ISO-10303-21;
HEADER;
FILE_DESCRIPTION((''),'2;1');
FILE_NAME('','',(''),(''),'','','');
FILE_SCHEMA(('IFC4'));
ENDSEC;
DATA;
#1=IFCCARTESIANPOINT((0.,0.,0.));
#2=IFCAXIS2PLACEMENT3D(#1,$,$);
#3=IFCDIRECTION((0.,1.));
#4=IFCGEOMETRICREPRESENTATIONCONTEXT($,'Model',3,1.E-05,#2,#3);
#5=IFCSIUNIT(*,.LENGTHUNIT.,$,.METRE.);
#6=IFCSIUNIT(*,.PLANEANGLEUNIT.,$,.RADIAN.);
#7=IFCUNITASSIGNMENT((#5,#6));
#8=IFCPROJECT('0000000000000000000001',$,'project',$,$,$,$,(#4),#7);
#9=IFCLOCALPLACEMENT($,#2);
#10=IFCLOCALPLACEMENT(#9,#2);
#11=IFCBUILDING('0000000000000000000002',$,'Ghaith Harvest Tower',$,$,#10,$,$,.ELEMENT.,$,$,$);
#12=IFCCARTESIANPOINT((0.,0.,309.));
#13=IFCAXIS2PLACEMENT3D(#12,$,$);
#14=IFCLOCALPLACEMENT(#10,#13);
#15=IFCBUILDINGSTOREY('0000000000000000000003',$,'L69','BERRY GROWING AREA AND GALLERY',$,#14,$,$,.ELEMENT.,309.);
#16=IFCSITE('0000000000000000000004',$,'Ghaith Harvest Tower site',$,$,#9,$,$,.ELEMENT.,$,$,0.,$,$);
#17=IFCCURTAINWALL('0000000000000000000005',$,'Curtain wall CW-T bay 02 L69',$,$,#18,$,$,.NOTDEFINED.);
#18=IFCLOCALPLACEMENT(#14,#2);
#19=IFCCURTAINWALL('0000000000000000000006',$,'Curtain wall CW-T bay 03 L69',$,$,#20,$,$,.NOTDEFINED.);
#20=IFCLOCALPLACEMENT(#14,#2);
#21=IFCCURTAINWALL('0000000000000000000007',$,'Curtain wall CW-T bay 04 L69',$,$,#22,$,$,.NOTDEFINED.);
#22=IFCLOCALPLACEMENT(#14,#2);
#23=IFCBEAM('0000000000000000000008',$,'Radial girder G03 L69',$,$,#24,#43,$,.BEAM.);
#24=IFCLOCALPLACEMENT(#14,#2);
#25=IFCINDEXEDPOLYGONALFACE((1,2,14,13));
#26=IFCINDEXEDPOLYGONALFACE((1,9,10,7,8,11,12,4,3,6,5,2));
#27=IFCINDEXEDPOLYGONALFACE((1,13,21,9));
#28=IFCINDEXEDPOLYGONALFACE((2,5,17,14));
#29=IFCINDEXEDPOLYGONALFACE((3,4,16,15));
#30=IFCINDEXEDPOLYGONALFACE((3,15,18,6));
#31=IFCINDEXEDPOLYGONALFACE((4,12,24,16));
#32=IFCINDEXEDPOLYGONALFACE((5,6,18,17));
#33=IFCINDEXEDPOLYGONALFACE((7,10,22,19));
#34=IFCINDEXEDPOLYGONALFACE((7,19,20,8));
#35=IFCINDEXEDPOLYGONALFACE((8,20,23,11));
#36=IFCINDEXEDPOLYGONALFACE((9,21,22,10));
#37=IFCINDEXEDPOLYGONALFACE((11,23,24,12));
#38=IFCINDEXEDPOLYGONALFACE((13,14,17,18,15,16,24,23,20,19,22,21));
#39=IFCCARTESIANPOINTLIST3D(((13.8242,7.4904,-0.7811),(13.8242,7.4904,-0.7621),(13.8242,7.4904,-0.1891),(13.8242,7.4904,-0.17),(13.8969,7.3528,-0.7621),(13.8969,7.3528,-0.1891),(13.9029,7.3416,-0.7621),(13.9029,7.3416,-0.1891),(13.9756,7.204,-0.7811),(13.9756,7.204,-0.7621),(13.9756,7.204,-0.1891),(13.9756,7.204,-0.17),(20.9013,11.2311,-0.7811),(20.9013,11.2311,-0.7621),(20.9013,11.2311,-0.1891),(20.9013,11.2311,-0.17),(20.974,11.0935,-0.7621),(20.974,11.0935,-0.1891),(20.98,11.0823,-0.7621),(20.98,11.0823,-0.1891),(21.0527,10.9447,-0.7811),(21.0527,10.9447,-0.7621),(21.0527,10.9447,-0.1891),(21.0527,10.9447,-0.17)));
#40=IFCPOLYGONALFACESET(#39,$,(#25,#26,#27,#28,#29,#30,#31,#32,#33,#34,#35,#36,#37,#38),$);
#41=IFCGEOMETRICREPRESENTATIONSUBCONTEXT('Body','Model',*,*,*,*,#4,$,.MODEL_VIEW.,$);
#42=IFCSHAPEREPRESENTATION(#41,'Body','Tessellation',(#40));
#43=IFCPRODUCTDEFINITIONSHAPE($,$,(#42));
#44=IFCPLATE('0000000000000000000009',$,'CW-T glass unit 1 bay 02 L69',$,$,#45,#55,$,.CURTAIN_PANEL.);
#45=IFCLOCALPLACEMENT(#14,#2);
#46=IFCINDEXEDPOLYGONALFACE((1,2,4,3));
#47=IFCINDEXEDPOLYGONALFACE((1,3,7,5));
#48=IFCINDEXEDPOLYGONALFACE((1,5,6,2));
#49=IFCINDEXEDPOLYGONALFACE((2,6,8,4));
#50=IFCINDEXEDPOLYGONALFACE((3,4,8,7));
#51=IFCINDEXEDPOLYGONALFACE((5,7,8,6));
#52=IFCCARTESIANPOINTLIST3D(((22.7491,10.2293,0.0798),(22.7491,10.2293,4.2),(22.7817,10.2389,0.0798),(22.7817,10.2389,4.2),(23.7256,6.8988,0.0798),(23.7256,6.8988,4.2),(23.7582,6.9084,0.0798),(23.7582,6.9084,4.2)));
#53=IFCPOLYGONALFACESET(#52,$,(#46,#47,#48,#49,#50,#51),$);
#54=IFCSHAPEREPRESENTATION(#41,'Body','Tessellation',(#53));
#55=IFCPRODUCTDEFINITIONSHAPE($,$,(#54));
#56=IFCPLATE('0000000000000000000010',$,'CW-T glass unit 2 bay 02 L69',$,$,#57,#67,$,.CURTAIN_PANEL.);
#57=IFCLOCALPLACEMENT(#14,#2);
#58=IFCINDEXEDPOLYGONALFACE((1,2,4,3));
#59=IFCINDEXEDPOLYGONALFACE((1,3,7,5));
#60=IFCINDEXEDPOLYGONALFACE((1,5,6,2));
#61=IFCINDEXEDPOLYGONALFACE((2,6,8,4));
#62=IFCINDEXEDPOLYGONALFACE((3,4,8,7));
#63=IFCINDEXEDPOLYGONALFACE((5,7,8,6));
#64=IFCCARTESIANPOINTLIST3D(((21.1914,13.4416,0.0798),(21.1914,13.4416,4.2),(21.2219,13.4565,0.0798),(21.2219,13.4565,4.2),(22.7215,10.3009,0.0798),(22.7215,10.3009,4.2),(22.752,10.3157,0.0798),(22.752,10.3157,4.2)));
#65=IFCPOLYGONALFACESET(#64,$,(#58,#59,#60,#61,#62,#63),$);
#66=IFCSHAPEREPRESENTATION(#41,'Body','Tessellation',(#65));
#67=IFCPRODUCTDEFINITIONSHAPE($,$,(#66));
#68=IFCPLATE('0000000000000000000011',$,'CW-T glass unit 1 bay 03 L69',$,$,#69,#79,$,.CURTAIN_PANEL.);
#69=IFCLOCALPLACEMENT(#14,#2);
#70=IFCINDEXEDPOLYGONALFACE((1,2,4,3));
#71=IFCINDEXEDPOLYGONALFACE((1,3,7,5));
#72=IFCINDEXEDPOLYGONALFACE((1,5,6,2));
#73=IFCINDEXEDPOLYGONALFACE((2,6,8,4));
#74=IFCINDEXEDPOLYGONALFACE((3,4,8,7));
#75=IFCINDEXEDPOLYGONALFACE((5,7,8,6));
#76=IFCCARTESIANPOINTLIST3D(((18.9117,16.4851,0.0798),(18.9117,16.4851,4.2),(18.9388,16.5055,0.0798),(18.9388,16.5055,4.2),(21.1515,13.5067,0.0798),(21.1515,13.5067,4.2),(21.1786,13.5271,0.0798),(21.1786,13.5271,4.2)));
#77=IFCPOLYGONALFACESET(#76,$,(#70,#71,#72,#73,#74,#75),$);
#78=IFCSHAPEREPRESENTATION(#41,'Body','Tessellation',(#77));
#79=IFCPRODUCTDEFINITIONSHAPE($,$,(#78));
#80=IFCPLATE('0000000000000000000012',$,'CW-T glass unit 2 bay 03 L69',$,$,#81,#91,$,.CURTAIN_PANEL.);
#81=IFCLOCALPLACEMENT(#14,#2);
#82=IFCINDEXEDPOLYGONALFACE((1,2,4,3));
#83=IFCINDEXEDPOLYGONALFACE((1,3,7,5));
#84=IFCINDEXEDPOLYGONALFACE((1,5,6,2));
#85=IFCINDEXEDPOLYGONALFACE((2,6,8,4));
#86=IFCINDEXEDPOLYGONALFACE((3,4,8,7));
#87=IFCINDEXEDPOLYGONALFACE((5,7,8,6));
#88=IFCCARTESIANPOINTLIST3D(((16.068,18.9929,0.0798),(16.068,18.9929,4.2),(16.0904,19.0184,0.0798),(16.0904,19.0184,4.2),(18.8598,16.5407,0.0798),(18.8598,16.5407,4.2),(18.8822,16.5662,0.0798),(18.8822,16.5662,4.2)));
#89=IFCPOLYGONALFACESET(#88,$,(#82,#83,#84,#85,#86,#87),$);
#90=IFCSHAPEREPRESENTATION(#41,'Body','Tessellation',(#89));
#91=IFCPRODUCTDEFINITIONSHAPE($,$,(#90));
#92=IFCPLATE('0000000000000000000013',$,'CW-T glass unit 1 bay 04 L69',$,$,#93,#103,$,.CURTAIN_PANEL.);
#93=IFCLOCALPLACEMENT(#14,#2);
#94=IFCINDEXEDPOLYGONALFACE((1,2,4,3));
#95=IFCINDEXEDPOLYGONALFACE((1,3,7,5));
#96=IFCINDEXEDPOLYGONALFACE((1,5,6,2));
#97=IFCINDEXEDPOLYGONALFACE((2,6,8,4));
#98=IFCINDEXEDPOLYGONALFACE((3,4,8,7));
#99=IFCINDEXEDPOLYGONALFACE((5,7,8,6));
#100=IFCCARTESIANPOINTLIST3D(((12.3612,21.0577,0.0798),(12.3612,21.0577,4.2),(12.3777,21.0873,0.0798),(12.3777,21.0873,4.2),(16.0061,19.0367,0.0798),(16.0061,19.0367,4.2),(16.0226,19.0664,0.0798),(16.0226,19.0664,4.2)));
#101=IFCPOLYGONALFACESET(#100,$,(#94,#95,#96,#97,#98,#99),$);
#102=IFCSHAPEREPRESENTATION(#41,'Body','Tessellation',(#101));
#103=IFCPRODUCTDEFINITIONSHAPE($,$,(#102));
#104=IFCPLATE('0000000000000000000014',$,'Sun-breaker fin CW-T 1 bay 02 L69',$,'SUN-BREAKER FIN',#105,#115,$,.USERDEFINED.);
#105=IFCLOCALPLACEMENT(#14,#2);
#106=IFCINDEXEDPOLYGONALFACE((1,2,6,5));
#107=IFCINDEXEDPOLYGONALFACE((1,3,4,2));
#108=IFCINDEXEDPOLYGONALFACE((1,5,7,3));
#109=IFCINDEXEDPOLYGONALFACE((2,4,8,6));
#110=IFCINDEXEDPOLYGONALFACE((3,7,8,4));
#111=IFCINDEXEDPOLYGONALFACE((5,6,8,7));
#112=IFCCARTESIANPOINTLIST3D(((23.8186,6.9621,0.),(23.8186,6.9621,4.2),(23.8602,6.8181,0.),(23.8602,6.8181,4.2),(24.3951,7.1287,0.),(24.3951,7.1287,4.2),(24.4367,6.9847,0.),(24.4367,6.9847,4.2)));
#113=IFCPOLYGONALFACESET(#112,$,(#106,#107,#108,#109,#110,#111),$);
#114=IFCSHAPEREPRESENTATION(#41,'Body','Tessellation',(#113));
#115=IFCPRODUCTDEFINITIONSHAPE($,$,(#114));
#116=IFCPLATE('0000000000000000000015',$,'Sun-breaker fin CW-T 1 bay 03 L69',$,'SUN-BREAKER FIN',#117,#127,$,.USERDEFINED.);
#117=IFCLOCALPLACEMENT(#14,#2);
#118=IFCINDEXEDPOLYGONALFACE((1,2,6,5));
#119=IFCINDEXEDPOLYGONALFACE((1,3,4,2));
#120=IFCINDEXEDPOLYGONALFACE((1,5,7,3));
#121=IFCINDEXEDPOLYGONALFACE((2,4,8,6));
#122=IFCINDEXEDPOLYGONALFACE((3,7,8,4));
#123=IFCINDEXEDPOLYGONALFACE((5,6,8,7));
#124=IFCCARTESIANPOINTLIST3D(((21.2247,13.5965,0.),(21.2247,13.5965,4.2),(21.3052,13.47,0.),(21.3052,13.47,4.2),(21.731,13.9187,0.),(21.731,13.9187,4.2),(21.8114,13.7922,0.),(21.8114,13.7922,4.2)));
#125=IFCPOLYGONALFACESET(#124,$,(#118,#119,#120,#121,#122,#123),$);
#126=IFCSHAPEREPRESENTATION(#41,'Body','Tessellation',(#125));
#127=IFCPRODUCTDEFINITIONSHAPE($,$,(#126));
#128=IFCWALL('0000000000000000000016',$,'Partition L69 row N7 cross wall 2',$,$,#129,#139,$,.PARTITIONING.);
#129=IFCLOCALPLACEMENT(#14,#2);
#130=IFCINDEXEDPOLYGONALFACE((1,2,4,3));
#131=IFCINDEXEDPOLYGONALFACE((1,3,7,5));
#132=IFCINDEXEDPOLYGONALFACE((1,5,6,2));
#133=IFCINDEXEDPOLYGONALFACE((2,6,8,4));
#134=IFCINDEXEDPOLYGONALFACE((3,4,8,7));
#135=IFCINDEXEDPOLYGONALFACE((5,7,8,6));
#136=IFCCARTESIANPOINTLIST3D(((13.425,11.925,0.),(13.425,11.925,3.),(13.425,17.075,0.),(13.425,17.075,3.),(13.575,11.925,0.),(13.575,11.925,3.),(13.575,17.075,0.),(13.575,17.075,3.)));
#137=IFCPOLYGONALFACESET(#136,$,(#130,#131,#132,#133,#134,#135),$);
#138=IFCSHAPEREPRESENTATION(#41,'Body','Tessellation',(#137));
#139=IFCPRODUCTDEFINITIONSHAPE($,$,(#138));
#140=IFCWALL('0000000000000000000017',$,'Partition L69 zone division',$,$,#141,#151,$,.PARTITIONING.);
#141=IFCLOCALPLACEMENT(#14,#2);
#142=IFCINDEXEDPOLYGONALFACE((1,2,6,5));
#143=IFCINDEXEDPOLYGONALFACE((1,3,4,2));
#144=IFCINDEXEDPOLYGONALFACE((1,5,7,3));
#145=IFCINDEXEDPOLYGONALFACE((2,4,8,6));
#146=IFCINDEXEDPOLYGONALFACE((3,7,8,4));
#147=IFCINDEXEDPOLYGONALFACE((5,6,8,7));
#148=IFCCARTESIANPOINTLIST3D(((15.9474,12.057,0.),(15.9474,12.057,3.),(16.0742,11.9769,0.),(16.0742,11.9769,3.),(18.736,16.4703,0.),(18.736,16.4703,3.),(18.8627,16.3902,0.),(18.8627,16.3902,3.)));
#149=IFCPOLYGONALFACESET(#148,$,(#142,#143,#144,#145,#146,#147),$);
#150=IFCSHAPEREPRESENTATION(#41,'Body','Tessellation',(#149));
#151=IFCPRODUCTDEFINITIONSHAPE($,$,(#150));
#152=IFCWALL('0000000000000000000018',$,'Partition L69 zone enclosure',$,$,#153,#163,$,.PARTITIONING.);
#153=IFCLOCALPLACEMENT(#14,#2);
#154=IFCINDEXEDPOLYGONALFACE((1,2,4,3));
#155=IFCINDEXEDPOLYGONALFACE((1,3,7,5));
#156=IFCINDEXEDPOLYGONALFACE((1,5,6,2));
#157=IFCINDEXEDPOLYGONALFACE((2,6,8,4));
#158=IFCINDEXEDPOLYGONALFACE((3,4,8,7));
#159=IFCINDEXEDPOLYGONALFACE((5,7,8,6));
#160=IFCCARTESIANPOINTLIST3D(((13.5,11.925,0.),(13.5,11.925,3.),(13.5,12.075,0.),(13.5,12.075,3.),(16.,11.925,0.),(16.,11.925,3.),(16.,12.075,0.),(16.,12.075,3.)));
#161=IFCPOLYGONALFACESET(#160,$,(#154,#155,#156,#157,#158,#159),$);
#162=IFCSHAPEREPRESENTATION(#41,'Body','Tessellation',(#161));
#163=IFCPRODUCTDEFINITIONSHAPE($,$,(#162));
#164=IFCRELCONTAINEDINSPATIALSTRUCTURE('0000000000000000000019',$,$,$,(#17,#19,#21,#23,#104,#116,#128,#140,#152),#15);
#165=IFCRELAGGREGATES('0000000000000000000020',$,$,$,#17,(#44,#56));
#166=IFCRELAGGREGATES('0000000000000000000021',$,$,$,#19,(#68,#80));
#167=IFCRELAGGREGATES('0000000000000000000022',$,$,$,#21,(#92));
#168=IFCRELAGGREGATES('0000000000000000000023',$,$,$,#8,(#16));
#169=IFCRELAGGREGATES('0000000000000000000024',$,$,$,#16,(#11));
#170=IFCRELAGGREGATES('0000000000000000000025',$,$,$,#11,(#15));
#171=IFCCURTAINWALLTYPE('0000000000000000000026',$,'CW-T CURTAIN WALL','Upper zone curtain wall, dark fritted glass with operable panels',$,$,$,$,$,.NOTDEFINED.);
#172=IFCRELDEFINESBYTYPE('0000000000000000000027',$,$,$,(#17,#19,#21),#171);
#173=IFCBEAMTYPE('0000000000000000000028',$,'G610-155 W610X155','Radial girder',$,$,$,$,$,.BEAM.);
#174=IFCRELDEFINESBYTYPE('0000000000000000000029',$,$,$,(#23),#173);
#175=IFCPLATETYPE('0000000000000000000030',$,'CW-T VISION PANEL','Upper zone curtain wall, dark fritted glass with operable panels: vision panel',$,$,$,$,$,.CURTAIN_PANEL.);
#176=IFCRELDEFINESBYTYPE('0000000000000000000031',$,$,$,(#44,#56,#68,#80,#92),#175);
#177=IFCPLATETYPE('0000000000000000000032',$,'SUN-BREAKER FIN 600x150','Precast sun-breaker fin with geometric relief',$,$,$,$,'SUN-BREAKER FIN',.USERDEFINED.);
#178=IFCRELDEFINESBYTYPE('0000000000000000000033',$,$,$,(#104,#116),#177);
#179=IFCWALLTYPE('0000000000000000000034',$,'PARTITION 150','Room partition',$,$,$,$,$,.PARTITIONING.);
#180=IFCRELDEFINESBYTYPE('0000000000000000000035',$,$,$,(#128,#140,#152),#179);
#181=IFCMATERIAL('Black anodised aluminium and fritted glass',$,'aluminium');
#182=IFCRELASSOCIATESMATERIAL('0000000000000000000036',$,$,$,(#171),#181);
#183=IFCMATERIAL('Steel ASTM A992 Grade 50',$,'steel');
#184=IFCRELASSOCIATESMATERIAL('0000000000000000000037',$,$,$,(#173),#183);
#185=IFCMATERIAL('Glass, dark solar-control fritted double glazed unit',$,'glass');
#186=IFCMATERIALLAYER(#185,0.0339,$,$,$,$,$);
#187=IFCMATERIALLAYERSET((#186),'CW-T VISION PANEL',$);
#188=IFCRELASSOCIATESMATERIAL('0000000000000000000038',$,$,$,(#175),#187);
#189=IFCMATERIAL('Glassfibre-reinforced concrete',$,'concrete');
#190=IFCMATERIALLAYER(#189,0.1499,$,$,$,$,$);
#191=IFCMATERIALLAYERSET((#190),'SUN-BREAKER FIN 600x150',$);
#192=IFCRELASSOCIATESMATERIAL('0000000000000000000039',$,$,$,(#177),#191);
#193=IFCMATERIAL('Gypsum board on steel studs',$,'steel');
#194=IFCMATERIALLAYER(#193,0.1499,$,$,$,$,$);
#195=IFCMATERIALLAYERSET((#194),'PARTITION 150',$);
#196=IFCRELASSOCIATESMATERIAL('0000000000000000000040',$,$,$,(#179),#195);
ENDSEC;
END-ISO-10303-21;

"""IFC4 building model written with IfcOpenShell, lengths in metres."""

from ifc_helpers import new_model, si_unit, direction, frame, frame_2d, origin, origin_2d, place, context, subcontext, project, spatial, rectangle, i_section, extrude, material, layer, layer_set, material_profile, profile_set, type_object, element, aggregate, save


model = new_model("IFC4")

# Units and contexts
model_context = context("Model", 3, precision=1e-05, world=origin(), true_north=direction((0.0, 1.0)))
body_context = subcontext(model_context, "Body", "Model", "MODEL_VIEW")
ifc_project = project(units=[si_unit("LENGTHUNIT", "METRE"), si_unit("PLANEANGLEUNIT", "RADIAN")], contexts=[model_context])

# Site, building, storey
site_placement = place(None, origin())
site = spatial("IfcSite", under=ifc_project, at=site_placement, Name="Ghaith Harvest Tower site", CompositionType="ELEMENT", RefElevation=0.0)
building_placement = place(site_placement, origin())
building = spatial("IfcBuilding", under=site, at=building_placement, Name="Ghaith Harvest Tower", CompositionType="ELEMENT")
storey_placement = place(building_placement, frame((0.0, 0.0, 309.0)))
storey = spatial("IfcBuildingStorey", under=building, at=storey_placement, Name="L69", Description="BERRY GROWING AREA AND GALLERY", CompositionType="ELEMENT", Elevation=309.0)

# Curtain wall
ifc_material_1 = material(Name="Black anodised aluminium and fritted glass", Category="aluminium")
curtain_wall_type = type_object("IfcCurtainWallType", Name="CW-T CURTAIN WALL", Description="Upper zone curtain wall, dark fritted glass with operable panels", PredefinedType="NOTDEFINED", material=ifc_material_1)
curtain_wall_1_placement = place(storey_placement, origin())
curtain_wall_1 = element("IfcCurtainWall", 1, at=curtain_wall_1_placement, inside=storey, type_object=curtain_wall_type, Name="Curtain wall CW-T bay 02 L69", PredefinedType="NOTDEFINED")

# Curtain wall
curtain_wall_2_placement = place(storey_placement, origin())
curtain_wall_2 = element("IfcCurtainWall", 2, at=curtain_wall_2_placement, inside=storey, type_object=curtain_wall_type, Name="Curtain wall CW-T bay 03 L69", PredefinedType="NOTDEFINED")

# Curtain wall
curtain_wall_3_placement = place(storey_placement, origin())
curtain_wall_3 = element("IfcCurtainWall", 3, at=curtain_wall_3_placement, inside=storey, type_object=curtain_wall_type, Name="Curtain wall CW-T bay 04 L69", PredefinedType="NOTDEFINED")

# Beam
ifc_material_2 = material(Name="Steel ASTM A992 Grade 50", Category="steel")
ifc_material_profile_1 = material_profile(ifc_material_2, i_section(OverallWidth=0.324, OverallDepth=0.6111, WebThickness=0.0127, FlangeThickness=0.019, at=origin_2d()), Name="W610X155")
ifc_profile_set_1 = profile_set([ifc_material_profile_1], Name="Steel ASTM A992 Grade 50")
beam_type_1 = type_object("IfcBeamType", Name="G610-155 W610X155", Description="Radial girder", PredefinedType="BEAM", material=ifc_profile_set_1)
beam_1_placement = place(storey_placement, frame((13.8999, 7.3472, -0.4756), z_axis=(0.884098, 0.467302, 0.0), x_axis=(-0.467302, 0.884098, 0.0)))
element("IfcBeam", 4, at=beam_1_placement, inside=storey, type_object=beam_type_1, Name="Radial girder G03 L69", PredefinedType="BEAM", context=body_context, shape_type="SweptSolid", body=[
    extrude(i_section(OverallWidth=0.324, OverallDepth=0.6111, WebThickness=0.0127, FlangeThickness=0.019, at=origin_2d()), origin(), (0.0, 0.0, 1.0), 8.0049),
])

# Plates
ifc_material_3 = material(Name="Glass, dark solar-control fritted double glazed unit", Category="glass")
ifc_layer_1 = layer(ifc_material_3, 0.0339)
ifc_layer_set_1 = layer_set([ifc_layer_1], Name="CW-T VISION PANEL")
plate_type_1 = type_object("IfcPlateType", Name="CW-T VISION PANEL", Description="Upper zone curtain wall, dark fritted glass with operable panels: vision panel", PredefinedType="CURTAIN_PANEL", material=ifc_layer_set_1)
plate_1_placement = place(storey_placement, frame((23.2537, 8.5688, 0.0798), z_axis=(0.0, 0.0, 1.0), x_axis=(-0.281345, 0.959607, 0.0)))
plate_1 = element("IfcPlate", 5, at=plate_1_placement, type_object=plate_type_1, Name="CW-T glass unit 1 bay 02 L69", PredefinedType="CURTAIN_PANEL", context=body_context, shape_type="SweptSolid", body=[
    extrude(rectangle(XDim=3.4707, YDim=0.0339, at=origin_2d()), origin(), (0.0, 0.0, 1.0), 4.1201),
])
plate_2_placement = place(storey_placement, frame((21.9717, 11.8787, 0.0798), z_axis=(0.0, 0.0, 1.0), x_axis=(-0.437968, 0.89899, 0.0)))
plate_2 = element("IfcPlate", 6, at=plate_2_placement, type_object=plate_type_1, Name="CW-T glass unit 2 bay 02 L69", PredefinedType="CURTAIN_PANEL", context=body_context, shape_type="SweptSolid", body=[
    extrude(rectangle(XDim=3.4937, YDim=0.0339, at=origin_2d()), origin(), (0.0, 0.0, 1.0), 4.1201),
])
aggregate(curtain_wall_1, [plate_1, plate_2])
plate_3_placement = place(storey_placement, frame((20.0452, 15.0061, 0.0798), z_axis=(0.0, 0.0, 1.0), x_axis=(-0.601048, 0.799213, 0.0)))
plate_3 = element("IfcPlate", 7, at=plate_3_placement, type_object=plate_type_1, Name="CW-T glass unit 1 bay 03 L69", PredefinedType="CURTAIN_PANEL", context=body_context, shape_type="SweptSolid", body=[
    extrude(rectangle(XDim=3.7266, YDim=0.0339, at=origin_2d()), origin(), (0.0, 0.0, 1.0), 4.1201),
])
plate_4_placement = place(storey_placement, frame((17.4751, 17.7795, 0.0798), z_axis=(0.0, 0.0, 1.0), x_axis=(-0.751335, 0.659922, 0.0)))
plate_4 = element("IfcPlate", 8, at=plate_4_placement, type_object=plate_type_1, Name="CW-T glass unit 2 bay 03 L69", PredefinedType="CURTAIN_PANEL", context=body_context, shape_type="SweptSolid", body=[
    extrude(rectangle(XDim=3.7158, YDim=0.0339, at=origin_2d()), origin(), (0.0, 0.0, 1.0), 4.1201),
])
aggregate(curtain_wall_2, [plate_3, plate_4])
plate_5_placement = place(storey_placement, frame((14.1919, 20.062, 0.0798), z_axis=(0.0, 0.0, 1.0), x_axis=(-0.874564, 0.48491, 0.0)))
plate_5 = element("IfcPlate", 9, at=plate_5_placement, type_object=plate_type_1, Name="CW-T glass unit 1 bay 04 L69", PredefinedType="CURTAIN_PANEL", context=body_context, shape_type="SweptSolid", body=[
    extrude(rectangle(XDim=4.1677, YDim=0.0339, at=origin_2d()), origin(), (0.0, 0.0, 1.0), 4.1201),
])
aggregate(curtain_wall_3, [plate_5])

# Plates
ifc_material_4 = material(Name="Glassfibre-reinforced concrete", Category="concrete")
ifc_layer_2 = layer(ifc_material_4, 0.1499)
ifc_layer_set_2 = layer_set([ifc_layer_2], Name="SUN-BREAKER FIN 600x150")
plate_type_2 = type_object("IfcPlateType", Name="SUN-BREAKER FIN 600x150", Description="Precast sun-breaker fin with geometric relief", ElementType="SUN-BREAKER FIN", PredefinedType="USERDEFINED", material=ifc_layer_set_2)
for number, where, z_axis, x_axis, name in (
    (10, (24.1277, 6.9734, 0.0), (0.0, 0.0, 1.0), (0.96068, 0.277657, 0.0), "Sun-breaker fin CW-T 1 bay 02 L69"),
    (11, (21.5181, 13.6943, 0.0), (0.0, 0.0, 1.0), (0.843644, 0.536903, 0.0), "Sun-breaker fin CW-T 1 bay 03 L69"),
):
    element("IfcPlate", number, at=place(storey_placement, frame(where, z_axis=z_axis, x_axis=x_axis)), inside=storey, type_object=plate_type_2, Name=name, ObjectType="SUN-BREAKER FIN", PredefinedType="USERDEFINED", context=body_context, shape_type="SweptSolid", body=[
        extrude(rectangle(XDim=0.6001, YDim=0.1499, at=origin_2d()), origin(), (0.0, 0.0, 1.0), 4.2),
    ])

# Walls
ifc_material_5 = material(Name="Gypsum board on steel studs", Category="steel")
ifc_layer_3 = layer(ifc_material_5, 0.1499)
ifc_layer_set_3 = layer_set([ifc_layer_3], Name="PARTITION 150")
wall_type_1 = type_object("IfcWallType", Name="PARTITION 150", Description="Room partition", PredefinedType="PARTITIONING", material=ifc_layer_set_3)
wall_1_placement = place(storey_placement, frame((13.5, 11.925, 0.0), z_axis=(0.0, 0.0, 1.0), x_axis=(0.0, 1.0, 0.0)))
element("IfcWall", 12, at=wall_1_placement, inside=storey, type_object=wall_type_1, Name="Partition L69 row N7 cross wall 2", PredefinedType="PARTITIONING", context=body_context, shape_type="SweptSolid", body=[
    extrude(rectangle(XDim=5.1499, YDim=0.1499, at=frame_2d((2.575, 0.0))), origin(), (0.0, 0.0, 1.0), 3.0),
])
wall_2_placement = place(storey_placement, frame((16.0107, 12.0168, 0.0), z_axis=(0.0, 0.0, 1.0), x_axis=(0.534158, 0.845384, 0.0)))
element("IfcWall", 13, at=wall_2_placement, inside=storey, type_object=wall_type_1, Name="Partition L69 zone division", PredefinedType="PARTITIONING", context=body_context, shape_type="SweptSolid", body=[
    extrude(rectangle(XDim=5.2205, YDim=0.1499, at=frame_2d((2.6104, 0.0))), origin(), (0.0, 0.0, 1.0), 3.0),
])
wall_3_placement = place(storey_placement, frame((16.0, 12.0, 0.0), z_axis=(0.0, 0.0, 1.0), x_axis=(-1.0, 0.0, 0.0)))
element("IfcWall", 14, at=wall_3_placement, inside=storey, type_object=wall_type_1, Name="Partition L69 zone enclosure", PredefinedType="PARTITIONING", context=body_context, shape_type="SweptSolid", body=[
    extrude(rectangle(XDim=2.5, YDim=0.1499, at=frame_2d((1.25, 0.0))), origin(), (0.0, 0.0, 1.0), 3.0),
])

save(model, "model.ifc")
